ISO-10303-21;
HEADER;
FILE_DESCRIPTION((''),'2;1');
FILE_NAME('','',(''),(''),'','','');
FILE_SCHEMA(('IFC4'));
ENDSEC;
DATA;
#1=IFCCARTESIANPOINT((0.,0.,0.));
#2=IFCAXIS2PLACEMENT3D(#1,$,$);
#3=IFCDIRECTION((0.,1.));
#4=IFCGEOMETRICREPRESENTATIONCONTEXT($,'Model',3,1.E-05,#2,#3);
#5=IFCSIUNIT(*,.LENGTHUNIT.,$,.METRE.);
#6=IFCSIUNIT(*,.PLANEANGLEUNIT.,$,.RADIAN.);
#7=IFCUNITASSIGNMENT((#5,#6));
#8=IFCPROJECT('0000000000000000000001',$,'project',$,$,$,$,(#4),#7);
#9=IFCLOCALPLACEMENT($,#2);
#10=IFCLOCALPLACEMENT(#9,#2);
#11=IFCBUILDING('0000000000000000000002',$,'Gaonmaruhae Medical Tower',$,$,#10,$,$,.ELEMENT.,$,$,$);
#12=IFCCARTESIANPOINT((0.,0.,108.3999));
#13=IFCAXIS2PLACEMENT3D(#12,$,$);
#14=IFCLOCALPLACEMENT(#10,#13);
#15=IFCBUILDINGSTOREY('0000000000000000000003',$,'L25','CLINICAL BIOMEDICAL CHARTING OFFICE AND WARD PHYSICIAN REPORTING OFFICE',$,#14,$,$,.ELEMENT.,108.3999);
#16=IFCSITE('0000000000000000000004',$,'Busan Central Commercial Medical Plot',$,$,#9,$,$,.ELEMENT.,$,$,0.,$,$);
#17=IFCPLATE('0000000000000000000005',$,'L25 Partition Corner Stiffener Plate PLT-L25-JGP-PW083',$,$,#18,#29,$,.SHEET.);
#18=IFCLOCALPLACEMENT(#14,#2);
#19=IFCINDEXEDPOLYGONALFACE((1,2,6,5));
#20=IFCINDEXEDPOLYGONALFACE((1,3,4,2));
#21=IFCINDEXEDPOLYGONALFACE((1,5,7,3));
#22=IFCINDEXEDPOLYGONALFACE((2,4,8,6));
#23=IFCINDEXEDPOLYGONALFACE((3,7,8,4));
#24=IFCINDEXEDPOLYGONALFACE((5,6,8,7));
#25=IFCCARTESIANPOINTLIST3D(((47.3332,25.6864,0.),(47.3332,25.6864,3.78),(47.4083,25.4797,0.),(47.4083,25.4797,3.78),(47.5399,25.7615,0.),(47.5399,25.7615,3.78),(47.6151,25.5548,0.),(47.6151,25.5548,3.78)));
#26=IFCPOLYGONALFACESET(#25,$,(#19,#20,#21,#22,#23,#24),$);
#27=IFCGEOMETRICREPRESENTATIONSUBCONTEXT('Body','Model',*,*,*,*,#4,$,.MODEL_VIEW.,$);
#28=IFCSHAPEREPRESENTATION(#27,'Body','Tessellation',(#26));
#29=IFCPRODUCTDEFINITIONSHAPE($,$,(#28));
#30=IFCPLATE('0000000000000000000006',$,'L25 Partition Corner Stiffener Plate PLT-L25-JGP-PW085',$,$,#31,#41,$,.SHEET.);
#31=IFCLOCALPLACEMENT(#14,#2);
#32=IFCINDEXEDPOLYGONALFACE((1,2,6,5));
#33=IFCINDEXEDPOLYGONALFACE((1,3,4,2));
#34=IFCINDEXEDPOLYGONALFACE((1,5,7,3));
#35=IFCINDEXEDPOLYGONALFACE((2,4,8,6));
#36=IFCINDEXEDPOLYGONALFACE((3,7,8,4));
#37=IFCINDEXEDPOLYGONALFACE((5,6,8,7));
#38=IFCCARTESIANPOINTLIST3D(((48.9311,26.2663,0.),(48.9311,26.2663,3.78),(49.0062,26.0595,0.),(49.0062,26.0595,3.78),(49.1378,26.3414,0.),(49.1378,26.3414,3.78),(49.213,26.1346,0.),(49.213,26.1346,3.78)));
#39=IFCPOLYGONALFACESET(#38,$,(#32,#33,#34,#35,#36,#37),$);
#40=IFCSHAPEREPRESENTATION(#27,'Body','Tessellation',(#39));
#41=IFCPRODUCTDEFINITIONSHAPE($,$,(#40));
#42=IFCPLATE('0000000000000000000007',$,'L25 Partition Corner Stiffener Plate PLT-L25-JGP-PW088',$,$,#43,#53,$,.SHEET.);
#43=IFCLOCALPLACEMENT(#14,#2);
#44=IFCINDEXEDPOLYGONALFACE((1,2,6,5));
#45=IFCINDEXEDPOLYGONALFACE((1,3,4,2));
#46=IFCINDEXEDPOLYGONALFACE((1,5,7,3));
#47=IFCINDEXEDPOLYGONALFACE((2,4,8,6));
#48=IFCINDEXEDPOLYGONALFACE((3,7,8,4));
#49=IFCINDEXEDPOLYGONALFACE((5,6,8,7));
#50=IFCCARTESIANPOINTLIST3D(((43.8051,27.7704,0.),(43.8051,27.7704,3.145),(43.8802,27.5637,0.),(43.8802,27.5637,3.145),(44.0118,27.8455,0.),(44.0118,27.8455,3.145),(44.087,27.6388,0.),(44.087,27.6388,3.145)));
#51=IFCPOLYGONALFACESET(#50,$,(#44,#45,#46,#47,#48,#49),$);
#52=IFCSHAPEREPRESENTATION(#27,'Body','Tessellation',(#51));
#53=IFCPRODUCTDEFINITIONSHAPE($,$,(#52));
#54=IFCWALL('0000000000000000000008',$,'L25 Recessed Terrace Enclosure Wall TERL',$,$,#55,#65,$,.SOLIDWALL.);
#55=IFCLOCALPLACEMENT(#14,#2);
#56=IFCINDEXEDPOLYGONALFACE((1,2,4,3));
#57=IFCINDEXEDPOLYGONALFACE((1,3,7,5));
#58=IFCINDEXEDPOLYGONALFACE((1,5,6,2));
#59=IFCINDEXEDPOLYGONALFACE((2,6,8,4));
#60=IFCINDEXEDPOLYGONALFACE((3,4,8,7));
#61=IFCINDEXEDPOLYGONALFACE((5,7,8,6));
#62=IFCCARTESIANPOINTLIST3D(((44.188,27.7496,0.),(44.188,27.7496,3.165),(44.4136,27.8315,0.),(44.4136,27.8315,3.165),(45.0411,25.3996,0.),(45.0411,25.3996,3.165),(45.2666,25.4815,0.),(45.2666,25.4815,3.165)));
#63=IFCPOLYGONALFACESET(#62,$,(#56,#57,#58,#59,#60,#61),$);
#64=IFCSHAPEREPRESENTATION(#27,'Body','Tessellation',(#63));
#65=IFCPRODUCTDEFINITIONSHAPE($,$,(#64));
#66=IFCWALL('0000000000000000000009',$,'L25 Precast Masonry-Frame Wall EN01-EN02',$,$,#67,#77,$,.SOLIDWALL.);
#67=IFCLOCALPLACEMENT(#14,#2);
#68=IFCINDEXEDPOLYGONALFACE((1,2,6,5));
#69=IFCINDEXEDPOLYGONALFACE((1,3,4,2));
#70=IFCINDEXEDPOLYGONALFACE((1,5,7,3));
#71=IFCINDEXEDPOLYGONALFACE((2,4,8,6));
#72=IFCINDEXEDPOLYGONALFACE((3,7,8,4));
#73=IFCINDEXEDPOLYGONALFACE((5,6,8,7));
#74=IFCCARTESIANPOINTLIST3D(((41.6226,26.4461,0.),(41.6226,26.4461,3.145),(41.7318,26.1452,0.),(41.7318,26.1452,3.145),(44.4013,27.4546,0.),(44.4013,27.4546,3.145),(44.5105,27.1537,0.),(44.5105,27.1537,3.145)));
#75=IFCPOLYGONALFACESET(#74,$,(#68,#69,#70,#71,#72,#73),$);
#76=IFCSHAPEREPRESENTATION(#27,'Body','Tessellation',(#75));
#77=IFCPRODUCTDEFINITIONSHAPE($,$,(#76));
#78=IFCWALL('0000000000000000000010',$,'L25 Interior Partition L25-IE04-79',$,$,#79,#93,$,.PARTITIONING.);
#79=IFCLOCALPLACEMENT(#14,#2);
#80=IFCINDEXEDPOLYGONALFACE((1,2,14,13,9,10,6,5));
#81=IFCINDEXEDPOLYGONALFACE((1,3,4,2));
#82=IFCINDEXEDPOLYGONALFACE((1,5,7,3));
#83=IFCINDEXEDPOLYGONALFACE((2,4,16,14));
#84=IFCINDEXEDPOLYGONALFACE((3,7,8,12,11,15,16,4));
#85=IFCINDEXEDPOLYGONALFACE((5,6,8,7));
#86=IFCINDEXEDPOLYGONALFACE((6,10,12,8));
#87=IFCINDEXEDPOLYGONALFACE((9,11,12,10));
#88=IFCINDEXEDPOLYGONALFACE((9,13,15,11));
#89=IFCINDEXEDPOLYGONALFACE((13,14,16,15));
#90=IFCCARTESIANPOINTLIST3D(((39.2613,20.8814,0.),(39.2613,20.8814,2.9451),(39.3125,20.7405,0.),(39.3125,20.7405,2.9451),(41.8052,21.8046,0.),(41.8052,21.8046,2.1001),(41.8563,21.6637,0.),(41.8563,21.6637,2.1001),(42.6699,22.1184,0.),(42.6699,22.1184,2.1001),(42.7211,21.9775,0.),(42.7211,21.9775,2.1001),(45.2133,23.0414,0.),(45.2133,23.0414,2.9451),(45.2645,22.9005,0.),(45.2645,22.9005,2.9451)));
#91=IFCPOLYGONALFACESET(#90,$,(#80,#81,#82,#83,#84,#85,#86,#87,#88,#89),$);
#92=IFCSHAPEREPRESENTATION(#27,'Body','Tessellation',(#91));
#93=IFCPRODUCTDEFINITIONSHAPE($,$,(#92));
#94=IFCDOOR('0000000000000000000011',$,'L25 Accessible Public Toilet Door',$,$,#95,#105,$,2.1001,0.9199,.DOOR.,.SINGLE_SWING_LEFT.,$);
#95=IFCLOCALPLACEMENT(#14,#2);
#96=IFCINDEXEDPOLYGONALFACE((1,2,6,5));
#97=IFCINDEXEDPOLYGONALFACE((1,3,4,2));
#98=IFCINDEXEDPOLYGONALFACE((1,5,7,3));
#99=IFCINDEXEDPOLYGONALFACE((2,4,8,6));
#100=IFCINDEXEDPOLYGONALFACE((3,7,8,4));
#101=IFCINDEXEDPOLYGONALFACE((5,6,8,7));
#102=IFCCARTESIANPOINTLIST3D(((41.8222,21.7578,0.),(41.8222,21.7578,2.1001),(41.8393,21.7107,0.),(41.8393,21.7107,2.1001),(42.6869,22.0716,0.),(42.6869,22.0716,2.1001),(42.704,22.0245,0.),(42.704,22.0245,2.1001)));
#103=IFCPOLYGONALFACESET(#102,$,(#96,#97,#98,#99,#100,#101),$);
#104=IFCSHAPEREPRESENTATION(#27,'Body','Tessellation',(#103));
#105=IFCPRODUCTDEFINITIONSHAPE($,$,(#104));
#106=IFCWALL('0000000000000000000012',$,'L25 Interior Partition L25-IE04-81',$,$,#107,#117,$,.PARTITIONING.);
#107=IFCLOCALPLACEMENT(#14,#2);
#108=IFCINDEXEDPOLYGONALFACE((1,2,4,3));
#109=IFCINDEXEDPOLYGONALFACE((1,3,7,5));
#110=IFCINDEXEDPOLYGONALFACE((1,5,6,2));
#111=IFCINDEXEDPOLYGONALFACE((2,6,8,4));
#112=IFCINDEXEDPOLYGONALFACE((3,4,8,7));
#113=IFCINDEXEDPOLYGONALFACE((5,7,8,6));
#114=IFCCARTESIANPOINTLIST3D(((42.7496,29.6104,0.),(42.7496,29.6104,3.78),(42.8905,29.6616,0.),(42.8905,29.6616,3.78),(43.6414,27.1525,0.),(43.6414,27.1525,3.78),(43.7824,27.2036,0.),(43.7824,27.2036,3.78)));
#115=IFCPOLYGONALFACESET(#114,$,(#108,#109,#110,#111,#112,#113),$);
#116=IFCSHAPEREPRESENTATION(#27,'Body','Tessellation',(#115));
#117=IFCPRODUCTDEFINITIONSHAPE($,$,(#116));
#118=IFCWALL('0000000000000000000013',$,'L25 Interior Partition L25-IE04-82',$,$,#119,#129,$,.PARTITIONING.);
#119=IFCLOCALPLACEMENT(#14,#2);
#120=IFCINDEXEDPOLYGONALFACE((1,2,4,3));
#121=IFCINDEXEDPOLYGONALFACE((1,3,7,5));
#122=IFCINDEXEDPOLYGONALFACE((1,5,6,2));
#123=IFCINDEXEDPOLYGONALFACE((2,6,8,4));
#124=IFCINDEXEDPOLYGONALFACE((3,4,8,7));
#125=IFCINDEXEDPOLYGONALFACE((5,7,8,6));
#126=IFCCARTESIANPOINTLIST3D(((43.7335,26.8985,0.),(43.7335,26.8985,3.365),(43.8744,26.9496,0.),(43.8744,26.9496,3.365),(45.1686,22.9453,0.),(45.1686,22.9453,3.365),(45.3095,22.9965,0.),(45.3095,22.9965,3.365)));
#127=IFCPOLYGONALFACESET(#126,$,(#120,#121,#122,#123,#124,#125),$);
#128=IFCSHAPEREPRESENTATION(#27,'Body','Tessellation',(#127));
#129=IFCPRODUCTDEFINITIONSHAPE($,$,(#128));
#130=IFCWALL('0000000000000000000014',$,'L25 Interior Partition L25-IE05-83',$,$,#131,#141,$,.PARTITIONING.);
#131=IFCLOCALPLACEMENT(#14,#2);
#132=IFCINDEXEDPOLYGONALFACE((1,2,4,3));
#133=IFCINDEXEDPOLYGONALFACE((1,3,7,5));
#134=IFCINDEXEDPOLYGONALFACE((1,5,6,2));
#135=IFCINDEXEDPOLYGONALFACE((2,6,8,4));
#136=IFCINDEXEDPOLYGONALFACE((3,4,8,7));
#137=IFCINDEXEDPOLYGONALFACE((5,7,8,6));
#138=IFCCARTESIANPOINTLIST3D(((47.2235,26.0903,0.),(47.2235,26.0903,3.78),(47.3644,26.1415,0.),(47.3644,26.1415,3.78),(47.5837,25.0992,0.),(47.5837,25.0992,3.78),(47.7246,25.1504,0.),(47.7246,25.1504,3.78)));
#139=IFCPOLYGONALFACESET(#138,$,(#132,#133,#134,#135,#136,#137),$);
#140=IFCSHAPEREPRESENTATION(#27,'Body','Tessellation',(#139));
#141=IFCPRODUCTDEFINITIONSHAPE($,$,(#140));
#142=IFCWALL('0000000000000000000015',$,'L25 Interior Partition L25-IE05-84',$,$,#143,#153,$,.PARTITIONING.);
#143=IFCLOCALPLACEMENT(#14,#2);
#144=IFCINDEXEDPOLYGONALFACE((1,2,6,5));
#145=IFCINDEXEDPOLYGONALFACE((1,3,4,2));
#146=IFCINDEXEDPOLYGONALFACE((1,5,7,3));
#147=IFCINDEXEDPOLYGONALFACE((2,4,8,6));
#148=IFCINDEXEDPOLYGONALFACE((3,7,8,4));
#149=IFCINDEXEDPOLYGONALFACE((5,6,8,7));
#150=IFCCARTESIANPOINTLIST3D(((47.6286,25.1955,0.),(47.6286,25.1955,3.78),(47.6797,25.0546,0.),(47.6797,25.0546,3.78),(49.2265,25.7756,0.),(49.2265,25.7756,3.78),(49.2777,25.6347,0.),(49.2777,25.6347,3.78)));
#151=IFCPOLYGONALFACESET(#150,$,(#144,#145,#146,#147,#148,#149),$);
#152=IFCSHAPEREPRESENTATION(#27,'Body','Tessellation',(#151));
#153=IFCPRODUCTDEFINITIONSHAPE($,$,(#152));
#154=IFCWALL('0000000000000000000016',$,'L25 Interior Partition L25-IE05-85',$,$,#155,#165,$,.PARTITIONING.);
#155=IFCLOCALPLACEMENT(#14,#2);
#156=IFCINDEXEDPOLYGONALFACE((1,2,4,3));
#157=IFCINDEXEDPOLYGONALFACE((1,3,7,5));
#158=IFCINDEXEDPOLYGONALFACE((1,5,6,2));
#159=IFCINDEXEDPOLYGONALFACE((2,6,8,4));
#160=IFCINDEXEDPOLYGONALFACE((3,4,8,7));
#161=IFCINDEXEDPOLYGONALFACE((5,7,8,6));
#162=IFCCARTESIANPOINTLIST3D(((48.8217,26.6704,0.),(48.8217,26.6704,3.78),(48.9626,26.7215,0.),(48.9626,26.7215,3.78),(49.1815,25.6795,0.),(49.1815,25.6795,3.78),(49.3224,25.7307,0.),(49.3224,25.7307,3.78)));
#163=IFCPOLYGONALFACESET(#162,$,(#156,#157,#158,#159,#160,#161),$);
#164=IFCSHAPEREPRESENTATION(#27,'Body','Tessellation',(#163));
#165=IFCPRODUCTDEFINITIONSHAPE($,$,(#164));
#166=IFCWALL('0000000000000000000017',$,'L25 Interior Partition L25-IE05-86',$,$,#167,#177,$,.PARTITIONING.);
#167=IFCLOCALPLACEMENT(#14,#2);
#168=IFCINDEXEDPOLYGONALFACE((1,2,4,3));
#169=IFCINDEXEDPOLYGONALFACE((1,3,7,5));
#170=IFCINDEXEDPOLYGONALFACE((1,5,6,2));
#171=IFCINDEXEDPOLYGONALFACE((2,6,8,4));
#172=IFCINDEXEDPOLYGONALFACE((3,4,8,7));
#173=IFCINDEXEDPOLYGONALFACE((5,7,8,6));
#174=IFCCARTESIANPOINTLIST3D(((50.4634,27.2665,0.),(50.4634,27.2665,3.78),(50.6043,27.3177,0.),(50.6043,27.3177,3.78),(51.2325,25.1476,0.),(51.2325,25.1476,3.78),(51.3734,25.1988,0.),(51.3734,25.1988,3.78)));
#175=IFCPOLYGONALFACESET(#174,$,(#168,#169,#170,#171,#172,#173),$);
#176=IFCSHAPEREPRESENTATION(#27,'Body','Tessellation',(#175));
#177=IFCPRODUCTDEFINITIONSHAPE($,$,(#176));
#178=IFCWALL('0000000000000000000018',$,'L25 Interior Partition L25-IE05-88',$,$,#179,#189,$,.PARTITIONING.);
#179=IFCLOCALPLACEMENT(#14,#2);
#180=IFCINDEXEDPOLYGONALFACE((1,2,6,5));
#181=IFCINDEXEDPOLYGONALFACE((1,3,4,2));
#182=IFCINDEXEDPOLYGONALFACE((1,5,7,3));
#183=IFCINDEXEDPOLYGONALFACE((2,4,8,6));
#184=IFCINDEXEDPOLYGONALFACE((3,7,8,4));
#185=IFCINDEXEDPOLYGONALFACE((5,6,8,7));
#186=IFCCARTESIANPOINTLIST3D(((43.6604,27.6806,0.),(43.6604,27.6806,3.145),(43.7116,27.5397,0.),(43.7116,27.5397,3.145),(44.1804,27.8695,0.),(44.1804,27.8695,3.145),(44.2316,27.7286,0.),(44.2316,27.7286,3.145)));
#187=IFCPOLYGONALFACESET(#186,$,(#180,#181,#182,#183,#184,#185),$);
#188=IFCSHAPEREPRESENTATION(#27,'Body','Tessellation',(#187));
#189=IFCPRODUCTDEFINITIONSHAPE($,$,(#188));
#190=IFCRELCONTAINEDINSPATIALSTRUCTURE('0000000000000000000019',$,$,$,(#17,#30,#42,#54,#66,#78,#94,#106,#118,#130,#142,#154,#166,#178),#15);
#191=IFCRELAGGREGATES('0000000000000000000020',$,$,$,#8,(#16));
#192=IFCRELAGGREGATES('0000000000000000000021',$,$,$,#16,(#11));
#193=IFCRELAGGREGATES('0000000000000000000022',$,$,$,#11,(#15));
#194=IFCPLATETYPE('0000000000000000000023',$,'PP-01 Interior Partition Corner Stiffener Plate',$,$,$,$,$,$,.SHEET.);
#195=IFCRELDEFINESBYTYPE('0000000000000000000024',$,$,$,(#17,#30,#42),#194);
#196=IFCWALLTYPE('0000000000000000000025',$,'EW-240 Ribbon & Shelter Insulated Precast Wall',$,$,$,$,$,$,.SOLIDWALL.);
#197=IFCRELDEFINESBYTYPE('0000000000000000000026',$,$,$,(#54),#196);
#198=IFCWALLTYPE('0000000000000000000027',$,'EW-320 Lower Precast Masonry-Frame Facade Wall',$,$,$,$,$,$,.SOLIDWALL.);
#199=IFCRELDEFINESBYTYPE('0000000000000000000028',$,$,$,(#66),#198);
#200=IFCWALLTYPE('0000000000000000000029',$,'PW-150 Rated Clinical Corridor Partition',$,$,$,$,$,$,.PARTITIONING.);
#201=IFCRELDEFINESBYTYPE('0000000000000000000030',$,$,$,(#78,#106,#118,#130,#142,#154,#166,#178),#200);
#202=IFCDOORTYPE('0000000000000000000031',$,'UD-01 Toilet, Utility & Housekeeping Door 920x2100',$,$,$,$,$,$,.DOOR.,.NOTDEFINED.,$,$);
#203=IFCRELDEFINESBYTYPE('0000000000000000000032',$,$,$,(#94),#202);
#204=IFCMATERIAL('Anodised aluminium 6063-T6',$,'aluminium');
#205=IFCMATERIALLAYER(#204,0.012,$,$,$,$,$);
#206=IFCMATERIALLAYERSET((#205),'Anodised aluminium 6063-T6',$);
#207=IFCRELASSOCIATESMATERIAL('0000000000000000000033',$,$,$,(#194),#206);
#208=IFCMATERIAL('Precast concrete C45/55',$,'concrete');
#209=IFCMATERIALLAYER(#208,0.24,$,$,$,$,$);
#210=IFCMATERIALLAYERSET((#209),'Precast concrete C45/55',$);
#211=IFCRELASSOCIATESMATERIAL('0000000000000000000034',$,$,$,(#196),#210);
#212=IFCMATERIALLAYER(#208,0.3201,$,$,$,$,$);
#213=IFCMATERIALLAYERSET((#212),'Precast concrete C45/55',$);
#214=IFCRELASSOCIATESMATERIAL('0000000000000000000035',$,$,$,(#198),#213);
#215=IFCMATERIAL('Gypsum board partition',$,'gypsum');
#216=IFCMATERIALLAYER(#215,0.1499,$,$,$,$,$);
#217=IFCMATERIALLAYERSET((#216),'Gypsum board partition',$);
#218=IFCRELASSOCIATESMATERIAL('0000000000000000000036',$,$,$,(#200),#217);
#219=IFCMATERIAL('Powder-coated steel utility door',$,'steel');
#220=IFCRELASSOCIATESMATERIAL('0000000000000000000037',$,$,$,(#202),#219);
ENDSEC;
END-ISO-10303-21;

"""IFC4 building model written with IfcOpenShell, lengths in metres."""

from ifc_helpers import new_model, si_unit, direction, frame, frame_2d, origin, origin_2d, place, context, subcontext, project, spatial, rectangle, extrude, material, layer, layer_set, type_object, element, fill, save


model = new_model("IFC4")

# Units and contexts
model_context = context("Model", 3, precision=1e-05, world=origin(), true_north=direction((0.0, 1.0)))
body_context = subcontext(model_context, "Body", "Model", "MODEL_VIEW")
ifc_project = project(units=[si_unit("LENGTHUNIT", "METRE"), si_unit("PLANEANGLEUNIT", "RADIAN")], contexts=[model_context])

# Site, building, storey
site_placement = place(None, origin())
site = spatial("IfcSite", under=ifc_project, at=site_placement, Name="Busan Central Commercial Medical Plot", CompositionType="ELEMENT", RefElevation=0.0)
building_placement = place(site_placement, origin())
building = spatial("IfcBuilding", under=site, at=building_placement, Name="Gaonmaruhae Medical Tower", CompositionType="ELEMENT")
storey_placement = place(building_placement, frame((0.0, 0.0, 108.3999)))
storey = spatial("IfcBuildingStorey", under=building, at=storey_placement, Name="L25", Description="CLINICAL BIOMEDICAL CHARTING OFFICE AND WARD PHYSICIAN REPORTING OFFICE", CompositionType="ELEMENT", Elevation=108.3999)

# Plates
ifc_material_1 = material(Name="Anodised aluminium 6063-T6", Category="aluminium")
ifc_layer_1 = layer(ifc_material_1, 0.012)
ifc_layer_set_1 = layer_set([ifc_layer_1], Name="Anodised aluminium 6063-T6")
plate_type = type_object("IfcPlateType", Name="PP-01 Interior Partition Corner Stiffener Plate", PredefinedType="SHEET", material=ifc_layer_set_1)
for number, where, z_axis, x_axis, name in (
    (1, (47.4741, 25.6206, 0.0), (0.0, 0.0, 1.0), (0.341446, -0.939901, 0.0), "L25 Partition Corner Stiffener Plate PLT-L25-JGP-PW083"),
    (2, (49.072, 26.2004, 0.0), (0.0, 0.0, 1.0), (-0.341446, 0.939901, 0.0), "L25 Partition Corner Stiffener Plate PLT-L25-JGP-PW085"),
):
    element("IfcPlate", number, at=place(storey_placement, frame(where, z_axis=z_axis, x_axis=x_axis)), inside=storey, type_object=plate_type, Name=name, PredefinedType="SHEET", context=body_context, shape_type="SweptSolid", body=[
        extrude(rectangle(XDim=0.22, YDim=0.22, at=origin_2d()), origin(), (0.0, 0.0, 1.0), 3.78),
    ])
plate_1_placement = place(storey_placement, frame((43.946, 27.7046, 0.0), z_axis=(0.0, 0.0, 1.0), x_axis=(0.939848, 0.341594, 0.0)))
element("IfcPlate", 3, at=plate_1_placement, inside=storey, type_object=plate_type, Name="L25 Partition Corner Stiffener Plate PLT-L25-JGP-PW088", PredefinedType="SHEET", context=body_context, shape_type="SweptSolid", body=[
    extrude(rectangle(XDim=0.22, YDim=0.22, at=origin_2d()), origin(), (0.0, 0.0, 1.0), 3.145),
])

# Shared definitions
ifc_material_2 = material(Name="Precast concrete C45/55", Category="concrete")
ifc_layer_2 = layer(ifc_material_2, 0.24)
ifc_layer_set_2 = layer_set([ifc_layer_2], Name="Precast concrete C45/55")
wall_type_1 = type_object("IfcWallType", Name="EW-240 Ribbon & Shelter Insulated Precast Wall", PredefinedType="SOLIDWALL", material=ifc_layer_set_2)

# Walls
wall_1_placement = place(storey_placement, frame((44.3008, 27.7905, 0.0), z_axis=(0.0, 0.0, 1.0), x_axis=(0.341225, -0.939981, 0.0)))
element("IfcWall", 4, at=wall_1_placement, inside=storey, type_object=wall_type_1, Name="L25 Recessed Terrace Enclosure Wall TERL", PredefinedType="SOLIDWALL", context=body_context, shape_type="SweptSolid", body=[
    extrude(rectangle(XDim=2.5, YDim=0.24, at=frame_2d((1.25, 0.0))), origin(), (0.0, 0.0, 1.0), 3.165),
])
ifc_layer_3 = layer(ifc_material_2, 0.3201)
ifc_layer_set_3 = layer_set([ifc_layer_3], Name="Precast concrete C45/55")
wall_type_2 = type_object("IfcWallType", Name="EW-320 Lower Precast Masonry-Frame Facade Wall", PredefinedType="SOLIDWALL", material=ifc_layer_set_3)
wall_2_placement = place(storey_placement, frame((41.6772, 26.2957, 0.0), z_axis=(0.0, 0.0, 1.0), x_axis=(0.940003, 0.341166, 0.0)))
element("IfcWall", 5, at=wall_2_placement, inside=storey, type_object=wall_type_2, Name="L25 Precast Masonry-Frame Wall EN01-EN02", PredefinedType="SOLIDWALL", context=body_context, shape_type="SweptSolid", body=[
    extrude(rectangle(XDim=2.9561, YDim=0.3201, at=frame_2d((1.478, 0.0))), origin(), (0.0, 0.0, 1.0), 3.145),
])

# Wall, opening, door
ifc_material_3 = material(Name="Gypsum board partition", Category="gypsum")
ifc_layer_4 = layer(ifc_material_3, 0.1499)
ifc_layer_set_4 = layer_set([ifc_layer_4], Name="Gypsum board partition")
wall_type_3 = type_object("IfcWallType", Name="PW-150 Rated Clinical Corridor Partition", PredefinedType="PARTITIONING", material=ifc_layer_set_4)
wall_3_placement = place(storey_placement, frame((45.239, 22.9709, 0.0), z_axis=(0.0, 0.0, 1.0), x_axis=(-0.940017, -0.341127, 0.0)))
wall_3 = element("IfcWall", 6, at=wall_3_placement, inside=storey, type_object=wall_type_3, Name="L25 Interior Partition L25-IE04-79", PredefinedType="PARTITIONING", context=body_context, shape_type="SweptSolid", body=[
    extrude(rectangle(XDim=6.3318, YDim=0.1499, at=frame_2d((3.166, 0.0))), origin(), (0.0, 0.0, 1.0), 2.9451),
])
opening_1_placement = place(wall_3_placement, frame((2.7058, 0.0, 0.0)))
opening_1 = element("IfcOpeningElement", 7, at=opening_1_placement, cuts=wall_3, PredefinedType="OPENING", context=body_context, shape_type="SweptSolid", body=[
    extrude(rectangle(XDim=0.9199, YDim=2.1001, at=frame_2d((0.46, 1.05))), frame((0.0, 0.085, 0.0), z_axis=(0.0, -1.0, 0.0), x_axis=(1.0, 0.0, 0.0)), (0.0, 0.0, 1.0), 0.1699),
])
ifc_material_4 = material(Name="Powder-coated steel utility door", Category="steel")
door_type_1 = type_object("IfcDoorType", Name="UD-01 Toilet, Utility & Housekeeping Door 920x2100", OperationType="NOTDEFINED", PredefinedType="DOOR", material=ifc_material_4)
door_1_placement = place(opening_1_placement, origin())
door_1 = element("IfcDoor", 8, at=door_1_placement, inside=storey, type_object=door_type_1, Name="L25 Accessible Public Toilet Door", OperationType="SINGLE_SWING_LEFT", OverallHeight=2.1001, OverallWidth=0.9199, PredefinedType="DOOR", context=body_context, shape_type="SweptSolid", body=[
    extrude(rectangle(XDim=0.9199, YDim=2.1001, at=frame_2d((0.46, 1.05))), frame((0.0, 0.0249, 0.0), z_axis=(0.0, -1.0, 0.0), x_axis=(1.0, 0.0, 0.0)), (0.0, 0.0, 1.0), 0.05),
])
fill(opening_1, door_1)

# Walls
wall_4_placement = place(storey_placement, frame((42.8201, 29.636, 0.0), z_axis=(0.0, 0.0, 1.0), x_axis=(0.341076, -0.940036, 0.0)))
element("IfcWall", 9, at=wall_4_placement, inside=storey, type_object=wall_type_3, Name="L25 Interior Partition L25-IE04-81", PredefinedType="PARTITIONING", context=body_context, shape_type="SweptSolid", body=[
    extrude(rectangle(XDim=2.6147, YDim=0.1499, at=frame_2d((1.3074, 0.0))), origin(), (0.0, 0.0, 1.0), 3.78),
])
wall_5_placement = place(storey_placement, frame((43.804, 26.9241, 0.0), z_axis=(0.0, 0.0, 1.0), x_axis=(0.34123, -0.93998, 0.0)))
element("IfcWall", 10, at=wall_5_placement, inside=storey, type_object=wall_type_3, Name="L25 Interior Partition L25-IE04-82", PredefinedType="PARTITIONING", context=body_context, shape_type="SweptSolid", body=[
    extrude(rectangle(XDim=4.2056, YDim=0.1499, at=frame_2d((2.1028, 0.0))), origin(), (0.0, 0.0, 1.0), 3.365),
])
wall_6_placement = place(storey_placement, frame((47.2939, 26.116, 0.0), z_axis=(0.0, 0.0, 1.0), x_axis=(0.341539, -0.939868, 0.0)))
element("IfcWall", 11, at=wall_6_placement, inside=storey, type_object=wall_type_3, Name="L25 Interior Partition L25-IE05-83", PredefinedType="PARTITIONING", context=body_context, shape_type="SweptSolid", body=[
    extrude(rectangle(XDim=1.0544, YDim=0.1499, at=frame_2d((0.5273, 0.0))), origin(), (0.0, 0.0, 1.0), 3.78),
])
wall_7_placement = place(storey_placement, frame((47.6541, 25.125, 0.0), z_axis=(0.0, 0.0, 1.0), x_axis=(0.939978, 0.341236, 0.0)))
element("IfcWall", 12, at=wall_7_placement, inside=storey, type_object=wall_type_3, Name="L25 Interior Partition L25-IE05-84", PredefinedType="PARTITIONING", context=body_context, shape_type="SweptSolid", body=[
    extrude(rectangle(XDim=1.7, YDim=0.1499, at=frame_2d((0.8501, 0.0))), origin(), (0.0, 0.0, 1.0), 3.78),
])
wall_8_placement = place(storey_placement, frame((49.252, 25.7051, 0.0), z_axis=(0.0, 0.0, 1.0), x_axis=(-0.341334, 0.939942, 0.0)))
element("IfcWall", 13, at=wall_8_placement, inside=storey, type_object=wall_type_3, Name="L25 Interior Partition L25-IE05-85", PredefinedType="PARTITIONING", context=body_context, shape_type="SweptSolid", body=[
    extrude(rectangle(XDim=1.0542, YDim=0.1499, at=frame_2d((0.5271, 0.0))), origin(), (0.0, 0.0, 1.0), 3.78),
])
wall_9_placement = place(storey_placement, frame((50.5339, 27.292, 0.0), z_axis=(0.0, 0.0, 1.0), x_axis=(0.341169, -0.940002, 0.0)))
element("IfcWall", 14, at=wall_9_placement, inside=storey, type_object=wall_type_3, Name="L25 Interior Partition L25-IE05-86", PredefinedType="PARTITIONING", context=body_context, shape_type="SweptSolid", body=[
    extrude(rectangle(XDim=2.2542, YDim=0.1499, at=frame_2d((1.127, 0.0))), origin(), (0.0, 0.0, 1.0), 3.78),
])
wall_10_placement = place(storey_placement, frame((43.686, 27.6101, 0.0), z_axis=(0.0, 0.0, 1.0), x_axis=(0.939871, 0.34153, 0.0)))
element("IfcWall", 15, at=wall_10_placement, inside=storey, type_object=wall_type_3, Name="L25 Interior Partition L25-IE05-88", PredefinedType="PARTITIONING", context=body_context, shape_type="SweptSolid", body=[
    extrude(rectangle(XDim=0.5532, YDim=0.1499, at=frame_2d((0.2766, 0.0))), origin(), (0.0, 0.0, 1.0), 3.145),
])

save(model, "model.ifc")
